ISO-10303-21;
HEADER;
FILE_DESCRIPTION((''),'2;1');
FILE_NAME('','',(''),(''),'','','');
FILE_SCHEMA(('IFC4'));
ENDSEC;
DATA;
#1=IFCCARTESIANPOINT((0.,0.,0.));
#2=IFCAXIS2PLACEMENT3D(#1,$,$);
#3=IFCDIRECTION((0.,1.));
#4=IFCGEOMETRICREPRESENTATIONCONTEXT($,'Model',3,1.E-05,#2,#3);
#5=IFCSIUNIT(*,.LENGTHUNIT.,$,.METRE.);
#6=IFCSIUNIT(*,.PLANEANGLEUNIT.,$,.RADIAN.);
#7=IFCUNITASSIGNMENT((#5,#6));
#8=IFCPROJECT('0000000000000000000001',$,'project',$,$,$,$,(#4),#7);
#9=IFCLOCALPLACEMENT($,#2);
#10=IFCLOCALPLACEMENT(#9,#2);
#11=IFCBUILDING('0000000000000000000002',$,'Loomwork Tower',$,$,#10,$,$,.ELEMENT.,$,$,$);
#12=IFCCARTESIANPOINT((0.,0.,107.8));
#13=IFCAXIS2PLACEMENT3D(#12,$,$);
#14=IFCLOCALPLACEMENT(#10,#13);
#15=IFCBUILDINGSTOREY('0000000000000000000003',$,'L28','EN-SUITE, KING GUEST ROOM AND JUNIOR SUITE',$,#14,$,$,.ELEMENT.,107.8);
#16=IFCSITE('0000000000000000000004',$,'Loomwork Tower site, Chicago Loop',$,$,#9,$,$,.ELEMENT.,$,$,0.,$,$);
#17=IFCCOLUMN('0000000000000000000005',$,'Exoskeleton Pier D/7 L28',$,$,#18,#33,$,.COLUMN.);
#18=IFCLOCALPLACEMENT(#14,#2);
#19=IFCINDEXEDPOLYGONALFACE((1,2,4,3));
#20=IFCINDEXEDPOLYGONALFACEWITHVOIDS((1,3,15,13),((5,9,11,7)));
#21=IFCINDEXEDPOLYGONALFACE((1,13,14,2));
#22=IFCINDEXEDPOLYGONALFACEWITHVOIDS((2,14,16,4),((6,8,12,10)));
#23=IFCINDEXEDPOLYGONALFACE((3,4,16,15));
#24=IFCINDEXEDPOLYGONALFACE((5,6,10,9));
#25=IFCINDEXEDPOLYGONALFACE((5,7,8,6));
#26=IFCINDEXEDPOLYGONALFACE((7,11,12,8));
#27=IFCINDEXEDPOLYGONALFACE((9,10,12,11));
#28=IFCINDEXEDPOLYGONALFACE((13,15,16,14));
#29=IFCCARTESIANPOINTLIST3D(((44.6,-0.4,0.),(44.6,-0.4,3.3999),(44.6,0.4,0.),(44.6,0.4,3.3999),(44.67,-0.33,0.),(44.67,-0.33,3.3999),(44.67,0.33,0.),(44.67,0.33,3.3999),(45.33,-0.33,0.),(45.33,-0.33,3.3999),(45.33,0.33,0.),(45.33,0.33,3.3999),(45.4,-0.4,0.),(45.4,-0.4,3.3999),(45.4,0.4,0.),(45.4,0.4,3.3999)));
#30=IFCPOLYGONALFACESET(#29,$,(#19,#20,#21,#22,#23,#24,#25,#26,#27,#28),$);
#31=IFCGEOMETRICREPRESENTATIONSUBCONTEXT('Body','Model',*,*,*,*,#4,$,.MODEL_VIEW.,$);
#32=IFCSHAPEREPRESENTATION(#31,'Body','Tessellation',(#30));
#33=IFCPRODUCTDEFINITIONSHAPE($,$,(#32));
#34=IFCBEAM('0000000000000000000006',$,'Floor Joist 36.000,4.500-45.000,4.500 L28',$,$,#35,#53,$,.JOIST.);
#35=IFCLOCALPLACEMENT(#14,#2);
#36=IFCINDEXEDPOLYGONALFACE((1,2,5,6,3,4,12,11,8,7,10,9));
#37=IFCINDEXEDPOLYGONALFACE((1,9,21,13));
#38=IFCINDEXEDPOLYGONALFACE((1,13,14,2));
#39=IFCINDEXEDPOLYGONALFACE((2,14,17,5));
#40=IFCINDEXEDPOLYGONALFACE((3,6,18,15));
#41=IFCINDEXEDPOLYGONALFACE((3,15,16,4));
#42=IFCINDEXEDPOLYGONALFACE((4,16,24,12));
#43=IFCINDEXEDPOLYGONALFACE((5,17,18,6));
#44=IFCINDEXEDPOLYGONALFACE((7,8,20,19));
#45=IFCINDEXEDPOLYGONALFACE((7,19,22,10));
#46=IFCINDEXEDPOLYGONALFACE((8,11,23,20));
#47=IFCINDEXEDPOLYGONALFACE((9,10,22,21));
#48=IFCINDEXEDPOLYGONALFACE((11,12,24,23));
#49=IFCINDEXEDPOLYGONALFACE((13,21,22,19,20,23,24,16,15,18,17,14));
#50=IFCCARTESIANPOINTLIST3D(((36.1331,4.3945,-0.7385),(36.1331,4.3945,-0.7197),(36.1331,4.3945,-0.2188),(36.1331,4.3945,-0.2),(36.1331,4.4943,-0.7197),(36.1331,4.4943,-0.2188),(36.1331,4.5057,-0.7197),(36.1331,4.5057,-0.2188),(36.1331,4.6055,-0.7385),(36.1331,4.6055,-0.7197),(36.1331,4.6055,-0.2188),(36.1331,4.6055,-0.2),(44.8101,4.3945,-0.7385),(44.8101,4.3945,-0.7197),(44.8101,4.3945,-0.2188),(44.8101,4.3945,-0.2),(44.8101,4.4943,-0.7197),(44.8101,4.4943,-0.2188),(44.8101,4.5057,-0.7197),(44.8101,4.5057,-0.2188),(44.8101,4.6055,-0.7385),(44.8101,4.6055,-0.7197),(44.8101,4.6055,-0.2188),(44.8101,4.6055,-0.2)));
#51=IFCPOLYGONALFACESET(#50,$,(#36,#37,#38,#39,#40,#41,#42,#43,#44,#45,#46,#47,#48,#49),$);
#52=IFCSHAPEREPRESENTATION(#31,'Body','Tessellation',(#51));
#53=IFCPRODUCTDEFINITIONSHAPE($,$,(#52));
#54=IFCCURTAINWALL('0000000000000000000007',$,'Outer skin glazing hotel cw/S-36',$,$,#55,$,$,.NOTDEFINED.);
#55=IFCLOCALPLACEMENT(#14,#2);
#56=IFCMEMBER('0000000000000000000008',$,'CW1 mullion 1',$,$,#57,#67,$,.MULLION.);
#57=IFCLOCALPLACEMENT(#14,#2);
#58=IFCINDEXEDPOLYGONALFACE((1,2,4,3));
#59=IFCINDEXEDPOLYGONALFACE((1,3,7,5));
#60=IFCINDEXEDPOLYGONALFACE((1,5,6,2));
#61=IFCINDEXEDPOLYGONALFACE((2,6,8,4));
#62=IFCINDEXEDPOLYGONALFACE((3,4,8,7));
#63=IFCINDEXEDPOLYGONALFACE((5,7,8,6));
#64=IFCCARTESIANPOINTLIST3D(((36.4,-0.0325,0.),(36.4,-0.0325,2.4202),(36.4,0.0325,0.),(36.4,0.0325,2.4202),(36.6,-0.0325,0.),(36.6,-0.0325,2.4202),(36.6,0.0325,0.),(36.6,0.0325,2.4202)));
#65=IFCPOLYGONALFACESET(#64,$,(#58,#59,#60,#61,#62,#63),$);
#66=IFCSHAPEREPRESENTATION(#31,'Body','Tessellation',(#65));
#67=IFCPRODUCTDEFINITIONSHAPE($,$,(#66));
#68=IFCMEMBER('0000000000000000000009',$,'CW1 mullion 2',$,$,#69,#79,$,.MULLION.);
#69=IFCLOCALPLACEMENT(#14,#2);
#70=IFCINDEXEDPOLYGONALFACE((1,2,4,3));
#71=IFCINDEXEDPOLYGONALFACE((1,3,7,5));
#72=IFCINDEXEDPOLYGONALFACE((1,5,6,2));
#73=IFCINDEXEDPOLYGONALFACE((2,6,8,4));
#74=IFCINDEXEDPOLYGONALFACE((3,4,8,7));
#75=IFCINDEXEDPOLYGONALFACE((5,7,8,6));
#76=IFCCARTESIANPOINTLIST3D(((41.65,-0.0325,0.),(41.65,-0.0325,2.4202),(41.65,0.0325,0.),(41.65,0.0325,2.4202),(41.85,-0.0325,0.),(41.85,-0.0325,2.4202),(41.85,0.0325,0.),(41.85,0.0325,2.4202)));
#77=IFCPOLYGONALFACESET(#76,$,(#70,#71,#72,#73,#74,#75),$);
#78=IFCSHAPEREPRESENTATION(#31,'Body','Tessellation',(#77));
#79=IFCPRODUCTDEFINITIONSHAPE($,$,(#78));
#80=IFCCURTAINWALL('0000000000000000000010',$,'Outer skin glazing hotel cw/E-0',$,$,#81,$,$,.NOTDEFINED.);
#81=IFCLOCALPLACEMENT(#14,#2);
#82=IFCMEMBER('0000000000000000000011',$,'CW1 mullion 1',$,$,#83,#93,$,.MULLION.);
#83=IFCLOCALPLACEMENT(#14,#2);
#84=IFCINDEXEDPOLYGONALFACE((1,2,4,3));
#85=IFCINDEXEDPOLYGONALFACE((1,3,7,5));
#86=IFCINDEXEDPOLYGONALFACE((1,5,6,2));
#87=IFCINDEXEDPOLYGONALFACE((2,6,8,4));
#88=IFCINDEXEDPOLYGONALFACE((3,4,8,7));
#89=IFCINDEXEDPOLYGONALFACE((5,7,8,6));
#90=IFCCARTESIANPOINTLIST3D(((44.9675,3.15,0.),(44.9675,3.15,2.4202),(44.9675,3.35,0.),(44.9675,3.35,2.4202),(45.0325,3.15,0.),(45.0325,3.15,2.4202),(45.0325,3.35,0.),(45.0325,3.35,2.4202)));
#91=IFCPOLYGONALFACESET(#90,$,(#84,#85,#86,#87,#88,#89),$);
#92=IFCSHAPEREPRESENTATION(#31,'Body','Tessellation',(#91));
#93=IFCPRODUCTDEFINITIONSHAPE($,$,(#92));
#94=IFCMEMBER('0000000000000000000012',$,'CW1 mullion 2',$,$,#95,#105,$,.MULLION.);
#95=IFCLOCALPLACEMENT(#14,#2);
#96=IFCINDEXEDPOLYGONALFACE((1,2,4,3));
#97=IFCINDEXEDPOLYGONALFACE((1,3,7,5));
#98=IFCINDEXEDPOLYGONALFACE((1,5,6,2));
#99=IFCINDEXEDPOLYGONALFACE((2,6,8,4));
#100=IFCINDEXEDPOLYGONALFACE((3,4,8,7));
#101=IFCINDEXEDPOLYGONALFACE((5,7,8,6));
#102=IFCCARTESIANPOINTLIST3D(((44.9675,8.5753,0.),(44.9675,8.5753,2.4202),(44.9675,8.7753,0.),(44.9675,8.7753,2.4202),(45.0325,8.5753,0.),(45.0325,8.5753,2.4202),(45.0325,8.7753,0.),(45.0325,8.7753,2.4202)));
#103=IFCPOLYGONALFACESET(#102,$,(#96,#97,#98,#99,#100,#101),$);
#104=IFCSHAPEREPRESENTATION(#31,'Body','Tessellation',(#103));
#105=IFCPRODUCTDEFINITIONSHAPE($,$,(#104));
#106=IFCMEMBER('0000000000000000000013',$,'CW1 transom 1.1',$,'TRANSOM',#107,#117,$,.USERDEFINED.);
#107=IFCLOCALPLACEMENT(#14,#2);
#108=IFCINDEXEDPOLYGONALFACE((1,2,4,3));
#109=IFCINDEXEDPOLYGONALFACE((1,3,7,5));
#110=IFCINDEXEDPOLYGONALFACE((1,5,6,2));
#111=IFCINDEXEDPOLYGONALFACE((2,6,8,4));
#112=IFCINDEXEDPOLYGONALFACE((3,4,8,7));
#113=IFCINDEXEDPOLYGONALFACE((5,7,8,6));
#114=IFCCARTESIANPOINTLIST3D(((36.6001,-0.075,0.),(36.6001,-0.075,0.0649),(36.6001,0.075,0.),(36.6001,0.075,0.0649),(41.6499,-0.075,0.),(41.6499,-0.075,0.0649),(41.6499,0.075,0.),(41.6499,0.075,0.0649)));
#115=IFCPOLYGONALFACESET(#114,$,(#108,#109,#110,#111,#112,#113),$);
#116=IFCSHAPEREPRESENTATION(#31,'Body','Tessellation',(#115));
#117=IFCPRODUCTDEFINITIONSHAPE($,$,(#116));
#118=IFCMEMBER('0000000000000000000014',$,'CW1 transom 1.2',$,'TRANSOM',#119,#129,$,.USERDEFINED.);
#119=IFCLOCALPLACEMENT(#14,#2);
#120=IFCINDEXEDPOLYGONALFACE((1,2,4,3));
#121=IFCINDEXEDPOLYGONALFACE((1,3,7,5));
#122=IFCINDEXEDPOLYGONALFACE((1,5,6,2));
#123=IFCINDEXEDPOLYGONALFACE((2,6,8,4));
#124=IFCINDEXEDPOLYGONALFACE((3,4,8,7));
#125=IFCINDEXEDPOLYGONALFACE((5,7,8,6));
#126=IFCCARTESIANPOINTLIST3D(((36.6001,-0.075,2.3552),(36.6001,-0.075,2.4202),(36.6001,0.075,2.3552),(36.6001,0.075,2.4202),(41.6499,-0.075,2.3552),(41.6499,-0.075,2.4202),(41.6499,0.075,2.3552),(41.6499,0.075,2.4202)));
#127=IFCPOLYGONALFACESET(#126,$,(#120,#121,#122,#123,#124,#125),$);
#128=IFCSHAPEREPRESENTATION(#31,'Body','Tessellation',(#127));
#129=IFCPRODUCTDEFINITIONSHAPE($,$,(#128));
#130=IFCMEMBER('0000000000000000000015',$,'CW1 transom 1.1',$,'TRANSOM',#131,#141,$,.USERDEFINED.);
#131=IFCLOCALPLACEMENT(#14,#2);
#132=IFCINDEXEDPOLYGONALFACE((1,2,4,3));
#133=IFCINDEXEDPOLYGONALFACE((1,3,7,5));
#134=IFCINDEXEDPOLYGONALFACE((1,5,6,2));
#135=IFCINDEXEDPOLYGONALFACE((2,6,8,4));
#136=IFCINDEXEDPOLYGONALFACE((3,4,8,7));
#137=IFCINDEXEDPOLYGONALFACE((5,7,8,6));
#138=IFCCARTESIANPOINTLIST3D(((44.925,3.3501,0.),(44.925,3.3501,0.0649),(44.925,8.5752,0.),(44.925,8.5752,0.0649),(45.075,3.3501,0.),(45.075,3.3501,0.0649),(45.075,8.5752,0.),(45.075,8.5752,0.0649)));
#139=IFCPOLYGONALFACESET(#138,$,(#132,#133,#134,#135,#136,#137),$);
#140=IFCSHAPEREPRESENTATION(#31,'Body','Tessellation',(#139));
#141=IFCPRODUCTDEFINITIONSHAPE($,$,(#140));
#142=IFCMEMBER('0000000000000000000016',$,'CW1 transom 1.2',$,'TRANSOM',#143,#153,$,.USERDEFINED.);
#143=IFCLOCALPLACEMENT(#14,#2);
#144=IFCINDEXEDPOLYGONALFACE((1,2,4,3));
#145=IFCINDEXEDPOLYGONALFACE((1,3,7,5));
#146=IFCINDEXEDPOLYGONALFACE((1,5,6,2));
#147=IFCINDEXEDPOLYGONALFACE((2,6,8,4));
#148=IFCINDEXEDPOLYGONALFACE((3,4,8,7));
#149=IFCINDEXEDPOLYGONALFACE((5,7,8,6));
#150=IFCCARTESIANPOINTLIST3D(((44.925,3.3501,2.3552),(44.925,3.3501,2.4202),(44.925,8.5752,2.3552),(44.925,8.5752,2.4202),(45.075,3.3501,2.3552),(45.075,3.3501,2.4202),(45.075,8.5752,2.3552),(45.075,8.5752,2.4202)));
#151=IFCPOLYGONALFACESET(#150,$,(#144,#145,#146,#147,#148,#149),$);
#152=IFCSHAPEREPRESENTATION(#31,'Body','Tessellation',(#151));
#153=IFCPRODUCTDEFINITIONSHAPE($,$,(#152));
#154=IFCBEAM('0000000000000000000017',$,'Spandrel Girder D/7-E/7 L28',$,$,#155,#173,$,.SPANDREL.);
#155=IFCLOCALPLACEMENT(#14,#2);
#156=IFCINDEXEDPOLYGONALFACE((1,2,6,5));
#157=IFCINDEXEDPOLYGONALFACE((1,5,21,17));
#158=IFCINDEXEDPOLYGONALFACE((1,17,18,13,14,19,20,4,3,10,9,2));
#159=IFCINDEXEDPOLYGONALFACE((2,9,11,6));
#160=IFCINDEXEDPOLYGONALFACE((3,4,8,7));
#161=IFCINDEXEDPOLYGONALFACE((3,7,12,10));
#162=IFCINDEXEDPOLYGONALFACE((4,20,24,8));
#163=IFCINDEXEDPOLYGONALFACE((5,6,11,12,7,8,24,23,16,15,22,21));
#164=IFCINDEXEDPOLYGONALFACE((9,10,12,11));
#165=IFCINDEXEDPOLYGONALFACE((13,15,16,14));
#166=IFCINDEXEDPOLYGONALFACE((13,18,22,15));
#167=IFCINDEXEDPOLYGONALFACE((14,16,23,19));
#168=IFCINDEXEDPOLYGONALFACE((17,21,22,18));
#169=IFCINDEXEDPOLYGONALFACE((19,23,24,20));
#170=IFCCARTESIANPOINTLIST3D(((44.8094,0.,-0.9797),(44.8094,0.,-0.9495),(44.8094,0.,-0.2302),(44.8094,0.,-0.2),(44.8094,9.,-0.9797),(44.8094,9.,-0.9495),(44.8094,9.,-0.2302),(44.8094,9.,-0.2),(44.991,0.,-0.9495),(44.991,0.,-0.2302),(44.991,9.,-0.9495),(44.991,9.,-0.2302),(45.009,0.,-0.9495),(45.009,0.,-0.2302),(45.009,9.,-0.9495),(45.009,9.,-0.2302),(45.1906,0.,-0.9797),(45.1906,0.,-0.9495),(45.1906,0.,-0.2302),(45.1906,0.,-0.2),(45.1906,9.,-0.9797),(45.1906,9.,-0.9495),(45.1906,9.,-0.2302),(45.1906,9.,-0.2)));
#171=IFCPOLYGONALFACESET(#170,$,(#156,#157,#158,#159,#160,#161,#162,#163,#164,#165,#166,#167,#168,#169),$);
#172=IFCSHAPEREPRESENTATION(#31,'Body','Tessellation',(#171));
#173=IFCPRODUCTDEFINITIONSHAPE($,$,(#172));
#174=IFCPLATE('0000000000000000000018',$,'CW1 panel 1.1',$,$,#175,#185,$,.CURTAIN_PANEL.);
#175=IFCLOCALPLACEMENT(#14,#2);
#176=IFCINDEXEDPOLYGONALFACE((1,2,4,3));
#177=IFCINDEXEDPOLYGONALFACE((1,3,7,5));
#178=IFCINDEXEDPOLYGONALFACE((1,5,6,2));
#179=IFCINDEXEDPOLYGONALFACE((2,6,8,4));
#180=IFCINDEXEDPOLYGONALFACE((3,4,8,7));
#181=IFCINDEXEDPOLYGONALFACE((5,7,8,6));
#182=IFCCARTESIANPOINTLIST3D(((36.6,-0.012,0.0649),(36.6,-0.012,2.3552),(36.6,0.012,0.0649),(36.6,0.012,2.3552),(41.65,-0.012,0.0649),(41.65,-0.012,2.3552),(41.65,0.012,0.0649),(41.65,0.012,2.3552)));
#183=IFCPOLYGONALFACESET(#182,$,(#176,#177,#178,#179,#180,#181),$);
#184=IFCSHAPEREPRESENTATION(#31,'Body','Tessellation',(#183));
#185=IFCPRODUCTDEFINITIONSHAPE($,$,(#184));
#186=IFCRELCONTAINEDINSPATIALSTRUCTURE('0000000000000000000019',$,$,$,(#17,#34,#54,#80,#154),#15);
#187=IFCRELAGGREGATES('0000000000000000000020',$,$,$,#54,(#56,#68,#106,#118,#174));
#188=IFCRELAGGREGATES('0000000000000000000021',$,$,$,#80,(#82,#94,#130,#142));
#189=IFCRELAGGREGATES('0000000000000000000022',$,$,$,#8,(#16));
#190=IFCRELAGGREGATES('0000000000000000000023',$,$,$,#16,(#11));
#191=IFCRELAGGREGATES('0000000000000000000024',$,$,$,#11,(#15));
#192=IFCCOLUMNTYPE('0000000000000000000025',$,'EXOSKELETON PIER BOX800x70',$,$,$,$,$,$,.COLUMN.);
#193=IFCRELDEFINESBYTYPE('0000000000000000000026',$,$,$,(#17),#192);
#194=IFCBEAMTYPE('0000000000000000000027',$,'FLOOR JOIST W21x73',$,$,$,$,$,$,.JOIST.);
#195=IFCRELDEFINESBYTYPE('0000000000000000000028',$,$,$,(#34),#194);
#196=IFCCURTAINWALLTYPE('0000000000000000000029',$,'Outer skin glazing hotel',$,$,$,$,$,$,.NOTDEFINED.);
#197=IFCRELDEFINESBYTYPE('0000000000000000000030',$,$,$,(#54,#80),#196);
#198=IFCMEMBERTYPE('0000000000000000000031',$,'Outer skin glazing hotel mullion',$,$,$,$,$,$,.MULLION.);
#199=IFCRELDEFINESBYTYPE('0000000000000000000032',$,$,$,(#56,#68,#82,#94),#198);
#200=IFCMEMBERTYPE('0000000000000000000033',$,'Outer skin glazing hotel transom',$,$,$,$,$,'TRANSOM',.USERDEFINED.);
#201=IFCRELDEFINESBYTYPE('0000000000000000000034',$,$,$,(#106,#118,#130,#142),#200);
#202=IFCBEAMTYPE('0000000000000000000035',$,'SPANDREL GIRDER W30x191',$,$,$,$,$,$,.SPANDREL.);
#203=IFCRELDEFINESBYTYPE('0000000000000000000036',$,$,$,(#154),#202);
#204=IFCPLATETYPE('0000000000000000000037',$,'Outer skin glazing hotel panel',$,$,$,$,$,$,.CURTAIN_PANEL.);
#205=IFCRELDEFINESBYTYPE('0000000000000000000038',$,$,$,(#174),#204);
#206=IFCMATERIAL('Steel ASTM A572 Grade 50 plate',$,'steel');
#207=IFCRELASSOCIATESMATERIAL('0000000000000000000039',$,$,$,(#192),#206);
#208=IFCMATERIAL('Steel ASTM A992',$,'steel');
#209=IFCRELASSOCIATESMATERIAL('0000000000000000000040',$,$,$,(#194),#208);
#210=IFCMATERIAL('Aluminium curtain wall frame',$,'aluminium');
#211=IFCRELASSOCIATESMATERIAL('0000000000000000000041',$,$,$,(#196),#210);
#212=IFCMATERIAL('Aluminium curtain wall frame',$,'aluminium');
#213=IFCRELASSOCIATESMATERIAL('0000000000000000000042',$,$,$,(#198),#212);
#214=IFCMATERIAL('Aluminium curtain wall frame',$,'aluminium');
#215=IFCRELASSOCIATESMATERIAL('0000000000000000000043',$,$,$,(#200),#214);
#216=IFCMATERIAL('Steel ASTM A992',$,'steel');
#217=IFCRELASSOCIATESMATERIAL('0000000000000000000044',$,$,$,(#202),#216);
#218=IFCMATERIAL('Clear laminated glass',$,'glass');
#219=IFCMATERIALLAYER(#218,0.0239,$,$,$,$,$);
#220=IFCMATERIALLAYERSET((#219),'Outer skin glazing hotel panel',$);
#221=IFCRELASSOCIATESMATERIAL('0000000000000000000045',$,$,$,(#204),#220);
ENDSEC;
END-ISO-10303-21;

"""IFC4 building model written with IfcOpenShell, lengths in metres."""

from ifc_helpers import new_model, si_unit, direction, frame, origin, origin_2d, place, context, subcontext, project, spatial, rectangle, hollow_rectangle, i_section, extrude, material, layer, layer_set, material_profile, profile_set, type_object, element, aggregate, save


model = new_model("IFC4")

# Units and contexts
model_context = context("Model", 3, precision=1e-05, world=origin(), true_north=direction((0.0, 1.0)))
body_context = subcontext(model_context, "Body", "Model", "MODEL_VIEW")
ifc_project = project(units=[si_unit("LENGTHUNIT", "METRE"), si_unit("PLANEANGLEUNIT", "RADIAN")], contexts=[model_context])

# Site, building, storey
site_placement = place(None, origin())
site = spatial("IfcSite", under=ifc_project, at=site_placement, Name="Loomwork Tower site, Chicago Loop", CompositionType="ELEMENT", RefElevation=0.0)
building_placement = place(site_placement, origin())
building = spatial("IfcBuilding", under=site, at=building_placement, Name="Loomwork Tower", CompositionType="ELEMENT")
storey_placement = place(building_placement, frame((0.0, 0.0, 107.8)))
storey = spatial("IfcBuildingStorey", under=building, at=storey_placement, Name="L28", Description="EN-SUITE, KING GUEST ROOM AND JUNIOR SUITE", CompositionType="ELEMENT", Elevation=107.8)

# Column
ifc_material_1 = material(Name="Steel ASTM A572 Grade 50 plate", Category="steel")
ifc_material_profile_1 = material_profile(ifc_material_1, hollow_rectangle(XDim=0.8, YDim=0.8, WallThickness=0.0701, at=origin_2d()), Name="BOX800x70")
ifc_profile_set_1 = profile_set([ifc_material_profile_1], Name="Steel ASTM A572 Grade 50 plate")
column_type = type_object("IfcColumnType", Name="EXOSKELETON PIER BOX800x70", PredefinedType="COLUMN", material=ifc_profile_set_1)
column_placement = place(storey_placement, frame((45.0, 0.0, 0.0), z_axis=(0.0, 0.0, 1.0), x_axis=(1.0, 0.0, 0.0)))
element("IfcColumn", 1, at=column_placement, inside=storey, type_object=column_type, Name="Exoskeleton Pier D/7 L28", PredefinedType="COLUMN", context=body_context, shape_type="SweptSolid", body=[
    extrude(hollow_rectangle(XDim=0.8, YDim=0.8, WallThickness=0.0701, at=origin_2d()), origin(), (0.0, 0.0, 1.0), 3.3999),
])

# Beam
ifc_material_2 = material(Name="Steel ASTM A992", Category="steel")
ifc_material_profile_2 = material_profile(ifc_material_2, i_section(OverallWidth=0.2109, OverallDepth=0.5386, WebThickness=0.0115, FlangeThickness=0.0188, at=origin_2d()), Name="W21x73")
ifc_profile_set_2 = profile_set([ifc_material_profile_2], Name="Steel ASTM A992")
beam_type_1 = type_object("IfcBeamType", Name="FLOOR JOIST W21x73", PredefinedType="JOIST", material=ifc_profile_set_2)
beam_1_placement = place(storey_placement, frame((36.1331, 4.5, -0.4692), z_axis=(1.0, 0.0, 0.0), x_axis=(0.0, 1.0, 0.0)))
element("IfcBeam", 2, at=beam_1_placement, inside=storey, type_object=beam_type_1, Name="Floor Joist 36.000,4.500-45.000,4.500 L28", PredefinedType="JOIST", context=body_context, shape_type="SweptSolid", body=[
    extrude(i_section(OverallWidth=0.2109, OverallDepth=0.5386, WebThickness=0.0115, FlangeThickness=0.0188, at=origin_2d()), origin(), (0.0, 0.0, 1.0), 8.677),
])

# Curtain walls, members
ifc_material_3 = material(Name="Aluminium curtain wall frame", Category="aluminium")
curtain_wall_type = type_object("IfcCurtainWallType", Name="Outer skin glazing hotel", PredefinedType="NOTDEFINED", material=ifc_material_3)
curtain_wall_1_placement = place(storey_placement, origin())
curtain_wall_1 = element("IfcCurtainWall", 3, at=curtain_wall_1_placement, inside=storey, type_object=curtain_wall_type, Name="Outer skin glazing hotel cw/S-36", PredefinedType="NOTDEFINED")
ifc_material_4 = material(Name="Aluminium curtain wall frame", Category="aluminium")
ifc_material_profile_3 = material_profile(ifc_material_4, rectangle(XDim=0.0649, YDim=0.2, at=origin_2d()), Name="AL 65x200")
ifc_profile_set_3 = profile_set([ifc_material_profile_3], Name="Aluminium curtain wall frame")
member_type_1 = type_object("IfcMemberType", Name="Outer skin glazing hotel mullion", PredefinedType="MULLION", material=ifc_profile_set_3)
member_1_placement = place(storey_placement, frame((36.5, 0.0, 0.0), z_axis=(0.0, 0.0, 1.0), x_axis=(0.0, 1.0, 0.0)))
member_1 = element("IfcMember", 4, at=member_1_placement, type_object=member_type_1, Name="CW1 mullion 1", PredefinedType="MULLION", context=body_context, shape_type="SweptSolid", body=[
    extrude(rectangle(XDim=0.0649, YDim=0.2, at=origin_2d()), origin(), (0.0, 0.0, 1.0), 2.4202),
])
member_2_placement = place(storey_placement, frame((41.75, 0.0, 0.0), z_axis=(0.0, 0.0, 1.0), x_axis=(0.0, 1.0, 0.0)))
member_2 = element("IfcMember", 5, at=member_2_placement, type_object=member_type_1, Name="CW1 mullion 2", PredefinedType="MULLION", context=body_context, shape_type="SweptSolid", body=[
    extrude(rectangle(XDim=0.0649, YDim=0.2, at=origin_2d()), origin(), (0.0, 0.0, 1.0), 2.4202),
])
curtain_wall_2_placement = place(storey_placement, origin())
curtain_wall_2 = element("IfcCurtainWall", 6, at=curtain_wall_2_placement, inside=storey, type_object=curtain_wall_type, Name="Outer skin glazing hotel cw/E-0", PredefinedType="NOTDEFINED")
member_3_placement = place(storey_placement, frame((45.0, 3.25, 0.0), z_axis=(0.0, 0.0, 1.0), x_axis=(-1.0, 0.0, 0.0)))
member_3 = element("IfcMember", 7, at=member_3_placement, type_object=member_type_1, Name="CW1 mullion 1", PredefinedType="MULLION", context=body_context, shape_type="SweptSolid", body=[
    extrude(rectangle(XDim=0.0649, YDim=0.2, at=origin_2d()), origin(), (0.0, 0.0, 1.0), 2.4202),
])
member_4_placement = place(storey_placement, frame((45.0, 8.6753, 0.0), z_axis=(0.0, 0.0, 1.0), x_axis=(-1.0, 0.0, 0.0)))
member_4 = element("IfcMember", 8, at=member_4_placement, type_object=member_type_1, Name="CW1 mullion 2", PredefinedType="MULLION", context=body_context, shape_type="SweptSolid", body=[
    extrude(rectangle(XDim=0.0649, YDim=0.2, at=origin_2d()), origin(), (0.0, 0.0, 1.0), 2.4202),
])

# Members
ifc_material_5 = material(Name="Aluminium curtain wall frame", Category="aluminium")
ifc_material_profile_4 = material_profile(ifc_material_5, rectangle(XDim=0.1499, YDim=0.0649, at=origin_2d()), Name="AL 65x150")
ifc_profile_set_4 = profile_set([ifc_material_profile_4], Name="Aluminium curtain wall frame")
member_type_2 = type_object("IfcMemberType", Name="Outer skin glazing hotel transom", ElementType="TRANSOM", PredefinedType="USERDEFINED", material=ifc_profile_set_4)
member_5_placement = place(storey_placement, frame((36.6001, 0.0, 0.0325), z_axis=(1.0, 0.0, 0.0), x_axis=(0.0, 1.0, 0.0)))
member_5 = element("IfcMember", 9, at=member_5_placement, type_object=member_type_2, Name="CW1 transom 1.1", ObjectType="TRANSOM", PredefinedType="USERDEFINED", context=body_context, shape_type="SweptSolid", body=[
    extrude(rectangle(XDim=0.1499, YDim=0.0649, at=origin_2d()), origin(), (0.0, 0.0, 1.0), 5.0498),
])
member_6_placement = place(storey_placement, frame((36.6001, 0.0, 2.3877), z_axis=(1.0, 0.0, 0.0), x_axis=(0.0, 1.0, 0.0)))
member_6 = element("IfcMember", 10, at=member_6_placement, type_object=member_type_2, Name="CW1 transom 1.2", ObjectType="TRANSOM", PredefinedType="USERDEFINED", context=body_context, shape_type="SweptSolid", body=[
    extrude(rectangle(XDim=0.1499, YDim=0.0649, at=origin_2d()), origin(), (0.0, 0.0, 1.0), 5.0498),
])
member_7_placement = place(storey_placement, frame((45.0, 3.3501, 0.0325), z_axis=(0.0, 1.0, 0.0), x_axis=(-1.0, 0.0, 0.0)))
member_7 = element("IfcMember", 11, at=member_7_placement, type_object=member_type_2, Name="CW1 transom 1.1", ObjectType="TRANSOM", PredefinedType="USERDEFINED", context=body_context, shape_type="SweptSolid", body=[
    extrude(rectangle(XDim=0.1499, YDim=0.0649, at=origin_2d()), origin(), (0.0, 0.0, 1.0), 5.2251),
])
member_8_placement = place(storey_placement, frame((45.0, 3.3501, 2.3877), z_axis=(0.0, 1.0, 0.0), x_axis=(-1.0, 0.0, 0.0)))
member_8 = element("IfcMember", 12, at=member_8_placement, type_object=member_type_2, Name="CW1 transom 1.2", ObjectType="TRANSOM", PredefinedType="USERDEFINED", context=body_context, shape_type="SweptSolid", body=[
    extrude(rectangle(XDim=0.1499, YDim=0.0649, at=origin_2d()), origin(), (0.0, 0.0, 1.0), 5.2251),
])

# Beam
ifc_material_6 = material(Name="Steel ASTM A992", Category="steel")
ifc_material_profile_5 = material_profile(ifc_material_6, i_section(OverallWidth=0.3811, OverallDepth=0.7798, WebThickness=0.0181, FlangeThickness=0.0303, at=origin_2d()), Name="W30x191")
ifc_profile_set_5 = profile_set([ifc_material_profile_5], Name="Steel ASTM A992")
beam_type_2 = type_object("IfcBeamType", Name="SPANDREL GIRDER W30x191", PredefinedType="SPANDREL", material=ifc_profile_set_5)
beam_2_placement = place(storey_placement, frame((45.0, 0.0, -0.5898), z_axis=(0.0, 1.0, 0.0), x_axis=(-1.0, 0.0, 0.0)))
element("IfcBeam", 13, at=beam_2_placement, inside=storey, type_object=beam_type_2, Name="Spandrel Girder D/7-E/7 L28", PredefinedType="SPANDREL", context=body_context, shape_type="SweptSolid", body=[
    extrude(i_section(OverallWidth=0.3811, OverallDepth=0.7798, WebThickness=0.0181, FlangeThickness=0.0303, at=origin_2d()), origin(), (0.0, 0.0, 1.0), 9.0),
])

# Plate
ifc_material_7 = material(Name="Clear laminated glass", Category="glass")
ifc_layer_1 = layer(ifc_material_7, 0.0239)
ifc_layer_set_1 = layer_set([ifc_layer_1], Name="Outer skin glazing hotel panel")
plate_type = type_object("IfcPlateType", Name="Outer skin glazing hotel panel", PredefinedType="CURTAIN_PANEL", material=ifc_layer_set_1)
plate_1_placement = place(storey_placement, frame((39.125, 0.0, 0.0649), z_axis=(0.0, 0.0, 1.0), x_axis=(1.0, 0.0, 0.0)))
plate_1 = element("IfcPlate", 14, at=plate_1_placement, type_object=plate_type, Name="CW1 panel 1.1", PredefinedType="CURTAIN_PANEL", context=body_context, shape_type="SweptSolid", body=[
    extrude(rectangle(XDim=5.05, YDim=0.0239, at=origin_2d()), origin(), (0.0, 0.0, 1.0), 2.2903),
])
aggregate(curtain_wall_1, [member_1, member_2, member_5, member_6, plate_1])
aggregate(curtain_wall_2, [member_3, member_4, member_7, member_8])

save(model, "model.ifc")
